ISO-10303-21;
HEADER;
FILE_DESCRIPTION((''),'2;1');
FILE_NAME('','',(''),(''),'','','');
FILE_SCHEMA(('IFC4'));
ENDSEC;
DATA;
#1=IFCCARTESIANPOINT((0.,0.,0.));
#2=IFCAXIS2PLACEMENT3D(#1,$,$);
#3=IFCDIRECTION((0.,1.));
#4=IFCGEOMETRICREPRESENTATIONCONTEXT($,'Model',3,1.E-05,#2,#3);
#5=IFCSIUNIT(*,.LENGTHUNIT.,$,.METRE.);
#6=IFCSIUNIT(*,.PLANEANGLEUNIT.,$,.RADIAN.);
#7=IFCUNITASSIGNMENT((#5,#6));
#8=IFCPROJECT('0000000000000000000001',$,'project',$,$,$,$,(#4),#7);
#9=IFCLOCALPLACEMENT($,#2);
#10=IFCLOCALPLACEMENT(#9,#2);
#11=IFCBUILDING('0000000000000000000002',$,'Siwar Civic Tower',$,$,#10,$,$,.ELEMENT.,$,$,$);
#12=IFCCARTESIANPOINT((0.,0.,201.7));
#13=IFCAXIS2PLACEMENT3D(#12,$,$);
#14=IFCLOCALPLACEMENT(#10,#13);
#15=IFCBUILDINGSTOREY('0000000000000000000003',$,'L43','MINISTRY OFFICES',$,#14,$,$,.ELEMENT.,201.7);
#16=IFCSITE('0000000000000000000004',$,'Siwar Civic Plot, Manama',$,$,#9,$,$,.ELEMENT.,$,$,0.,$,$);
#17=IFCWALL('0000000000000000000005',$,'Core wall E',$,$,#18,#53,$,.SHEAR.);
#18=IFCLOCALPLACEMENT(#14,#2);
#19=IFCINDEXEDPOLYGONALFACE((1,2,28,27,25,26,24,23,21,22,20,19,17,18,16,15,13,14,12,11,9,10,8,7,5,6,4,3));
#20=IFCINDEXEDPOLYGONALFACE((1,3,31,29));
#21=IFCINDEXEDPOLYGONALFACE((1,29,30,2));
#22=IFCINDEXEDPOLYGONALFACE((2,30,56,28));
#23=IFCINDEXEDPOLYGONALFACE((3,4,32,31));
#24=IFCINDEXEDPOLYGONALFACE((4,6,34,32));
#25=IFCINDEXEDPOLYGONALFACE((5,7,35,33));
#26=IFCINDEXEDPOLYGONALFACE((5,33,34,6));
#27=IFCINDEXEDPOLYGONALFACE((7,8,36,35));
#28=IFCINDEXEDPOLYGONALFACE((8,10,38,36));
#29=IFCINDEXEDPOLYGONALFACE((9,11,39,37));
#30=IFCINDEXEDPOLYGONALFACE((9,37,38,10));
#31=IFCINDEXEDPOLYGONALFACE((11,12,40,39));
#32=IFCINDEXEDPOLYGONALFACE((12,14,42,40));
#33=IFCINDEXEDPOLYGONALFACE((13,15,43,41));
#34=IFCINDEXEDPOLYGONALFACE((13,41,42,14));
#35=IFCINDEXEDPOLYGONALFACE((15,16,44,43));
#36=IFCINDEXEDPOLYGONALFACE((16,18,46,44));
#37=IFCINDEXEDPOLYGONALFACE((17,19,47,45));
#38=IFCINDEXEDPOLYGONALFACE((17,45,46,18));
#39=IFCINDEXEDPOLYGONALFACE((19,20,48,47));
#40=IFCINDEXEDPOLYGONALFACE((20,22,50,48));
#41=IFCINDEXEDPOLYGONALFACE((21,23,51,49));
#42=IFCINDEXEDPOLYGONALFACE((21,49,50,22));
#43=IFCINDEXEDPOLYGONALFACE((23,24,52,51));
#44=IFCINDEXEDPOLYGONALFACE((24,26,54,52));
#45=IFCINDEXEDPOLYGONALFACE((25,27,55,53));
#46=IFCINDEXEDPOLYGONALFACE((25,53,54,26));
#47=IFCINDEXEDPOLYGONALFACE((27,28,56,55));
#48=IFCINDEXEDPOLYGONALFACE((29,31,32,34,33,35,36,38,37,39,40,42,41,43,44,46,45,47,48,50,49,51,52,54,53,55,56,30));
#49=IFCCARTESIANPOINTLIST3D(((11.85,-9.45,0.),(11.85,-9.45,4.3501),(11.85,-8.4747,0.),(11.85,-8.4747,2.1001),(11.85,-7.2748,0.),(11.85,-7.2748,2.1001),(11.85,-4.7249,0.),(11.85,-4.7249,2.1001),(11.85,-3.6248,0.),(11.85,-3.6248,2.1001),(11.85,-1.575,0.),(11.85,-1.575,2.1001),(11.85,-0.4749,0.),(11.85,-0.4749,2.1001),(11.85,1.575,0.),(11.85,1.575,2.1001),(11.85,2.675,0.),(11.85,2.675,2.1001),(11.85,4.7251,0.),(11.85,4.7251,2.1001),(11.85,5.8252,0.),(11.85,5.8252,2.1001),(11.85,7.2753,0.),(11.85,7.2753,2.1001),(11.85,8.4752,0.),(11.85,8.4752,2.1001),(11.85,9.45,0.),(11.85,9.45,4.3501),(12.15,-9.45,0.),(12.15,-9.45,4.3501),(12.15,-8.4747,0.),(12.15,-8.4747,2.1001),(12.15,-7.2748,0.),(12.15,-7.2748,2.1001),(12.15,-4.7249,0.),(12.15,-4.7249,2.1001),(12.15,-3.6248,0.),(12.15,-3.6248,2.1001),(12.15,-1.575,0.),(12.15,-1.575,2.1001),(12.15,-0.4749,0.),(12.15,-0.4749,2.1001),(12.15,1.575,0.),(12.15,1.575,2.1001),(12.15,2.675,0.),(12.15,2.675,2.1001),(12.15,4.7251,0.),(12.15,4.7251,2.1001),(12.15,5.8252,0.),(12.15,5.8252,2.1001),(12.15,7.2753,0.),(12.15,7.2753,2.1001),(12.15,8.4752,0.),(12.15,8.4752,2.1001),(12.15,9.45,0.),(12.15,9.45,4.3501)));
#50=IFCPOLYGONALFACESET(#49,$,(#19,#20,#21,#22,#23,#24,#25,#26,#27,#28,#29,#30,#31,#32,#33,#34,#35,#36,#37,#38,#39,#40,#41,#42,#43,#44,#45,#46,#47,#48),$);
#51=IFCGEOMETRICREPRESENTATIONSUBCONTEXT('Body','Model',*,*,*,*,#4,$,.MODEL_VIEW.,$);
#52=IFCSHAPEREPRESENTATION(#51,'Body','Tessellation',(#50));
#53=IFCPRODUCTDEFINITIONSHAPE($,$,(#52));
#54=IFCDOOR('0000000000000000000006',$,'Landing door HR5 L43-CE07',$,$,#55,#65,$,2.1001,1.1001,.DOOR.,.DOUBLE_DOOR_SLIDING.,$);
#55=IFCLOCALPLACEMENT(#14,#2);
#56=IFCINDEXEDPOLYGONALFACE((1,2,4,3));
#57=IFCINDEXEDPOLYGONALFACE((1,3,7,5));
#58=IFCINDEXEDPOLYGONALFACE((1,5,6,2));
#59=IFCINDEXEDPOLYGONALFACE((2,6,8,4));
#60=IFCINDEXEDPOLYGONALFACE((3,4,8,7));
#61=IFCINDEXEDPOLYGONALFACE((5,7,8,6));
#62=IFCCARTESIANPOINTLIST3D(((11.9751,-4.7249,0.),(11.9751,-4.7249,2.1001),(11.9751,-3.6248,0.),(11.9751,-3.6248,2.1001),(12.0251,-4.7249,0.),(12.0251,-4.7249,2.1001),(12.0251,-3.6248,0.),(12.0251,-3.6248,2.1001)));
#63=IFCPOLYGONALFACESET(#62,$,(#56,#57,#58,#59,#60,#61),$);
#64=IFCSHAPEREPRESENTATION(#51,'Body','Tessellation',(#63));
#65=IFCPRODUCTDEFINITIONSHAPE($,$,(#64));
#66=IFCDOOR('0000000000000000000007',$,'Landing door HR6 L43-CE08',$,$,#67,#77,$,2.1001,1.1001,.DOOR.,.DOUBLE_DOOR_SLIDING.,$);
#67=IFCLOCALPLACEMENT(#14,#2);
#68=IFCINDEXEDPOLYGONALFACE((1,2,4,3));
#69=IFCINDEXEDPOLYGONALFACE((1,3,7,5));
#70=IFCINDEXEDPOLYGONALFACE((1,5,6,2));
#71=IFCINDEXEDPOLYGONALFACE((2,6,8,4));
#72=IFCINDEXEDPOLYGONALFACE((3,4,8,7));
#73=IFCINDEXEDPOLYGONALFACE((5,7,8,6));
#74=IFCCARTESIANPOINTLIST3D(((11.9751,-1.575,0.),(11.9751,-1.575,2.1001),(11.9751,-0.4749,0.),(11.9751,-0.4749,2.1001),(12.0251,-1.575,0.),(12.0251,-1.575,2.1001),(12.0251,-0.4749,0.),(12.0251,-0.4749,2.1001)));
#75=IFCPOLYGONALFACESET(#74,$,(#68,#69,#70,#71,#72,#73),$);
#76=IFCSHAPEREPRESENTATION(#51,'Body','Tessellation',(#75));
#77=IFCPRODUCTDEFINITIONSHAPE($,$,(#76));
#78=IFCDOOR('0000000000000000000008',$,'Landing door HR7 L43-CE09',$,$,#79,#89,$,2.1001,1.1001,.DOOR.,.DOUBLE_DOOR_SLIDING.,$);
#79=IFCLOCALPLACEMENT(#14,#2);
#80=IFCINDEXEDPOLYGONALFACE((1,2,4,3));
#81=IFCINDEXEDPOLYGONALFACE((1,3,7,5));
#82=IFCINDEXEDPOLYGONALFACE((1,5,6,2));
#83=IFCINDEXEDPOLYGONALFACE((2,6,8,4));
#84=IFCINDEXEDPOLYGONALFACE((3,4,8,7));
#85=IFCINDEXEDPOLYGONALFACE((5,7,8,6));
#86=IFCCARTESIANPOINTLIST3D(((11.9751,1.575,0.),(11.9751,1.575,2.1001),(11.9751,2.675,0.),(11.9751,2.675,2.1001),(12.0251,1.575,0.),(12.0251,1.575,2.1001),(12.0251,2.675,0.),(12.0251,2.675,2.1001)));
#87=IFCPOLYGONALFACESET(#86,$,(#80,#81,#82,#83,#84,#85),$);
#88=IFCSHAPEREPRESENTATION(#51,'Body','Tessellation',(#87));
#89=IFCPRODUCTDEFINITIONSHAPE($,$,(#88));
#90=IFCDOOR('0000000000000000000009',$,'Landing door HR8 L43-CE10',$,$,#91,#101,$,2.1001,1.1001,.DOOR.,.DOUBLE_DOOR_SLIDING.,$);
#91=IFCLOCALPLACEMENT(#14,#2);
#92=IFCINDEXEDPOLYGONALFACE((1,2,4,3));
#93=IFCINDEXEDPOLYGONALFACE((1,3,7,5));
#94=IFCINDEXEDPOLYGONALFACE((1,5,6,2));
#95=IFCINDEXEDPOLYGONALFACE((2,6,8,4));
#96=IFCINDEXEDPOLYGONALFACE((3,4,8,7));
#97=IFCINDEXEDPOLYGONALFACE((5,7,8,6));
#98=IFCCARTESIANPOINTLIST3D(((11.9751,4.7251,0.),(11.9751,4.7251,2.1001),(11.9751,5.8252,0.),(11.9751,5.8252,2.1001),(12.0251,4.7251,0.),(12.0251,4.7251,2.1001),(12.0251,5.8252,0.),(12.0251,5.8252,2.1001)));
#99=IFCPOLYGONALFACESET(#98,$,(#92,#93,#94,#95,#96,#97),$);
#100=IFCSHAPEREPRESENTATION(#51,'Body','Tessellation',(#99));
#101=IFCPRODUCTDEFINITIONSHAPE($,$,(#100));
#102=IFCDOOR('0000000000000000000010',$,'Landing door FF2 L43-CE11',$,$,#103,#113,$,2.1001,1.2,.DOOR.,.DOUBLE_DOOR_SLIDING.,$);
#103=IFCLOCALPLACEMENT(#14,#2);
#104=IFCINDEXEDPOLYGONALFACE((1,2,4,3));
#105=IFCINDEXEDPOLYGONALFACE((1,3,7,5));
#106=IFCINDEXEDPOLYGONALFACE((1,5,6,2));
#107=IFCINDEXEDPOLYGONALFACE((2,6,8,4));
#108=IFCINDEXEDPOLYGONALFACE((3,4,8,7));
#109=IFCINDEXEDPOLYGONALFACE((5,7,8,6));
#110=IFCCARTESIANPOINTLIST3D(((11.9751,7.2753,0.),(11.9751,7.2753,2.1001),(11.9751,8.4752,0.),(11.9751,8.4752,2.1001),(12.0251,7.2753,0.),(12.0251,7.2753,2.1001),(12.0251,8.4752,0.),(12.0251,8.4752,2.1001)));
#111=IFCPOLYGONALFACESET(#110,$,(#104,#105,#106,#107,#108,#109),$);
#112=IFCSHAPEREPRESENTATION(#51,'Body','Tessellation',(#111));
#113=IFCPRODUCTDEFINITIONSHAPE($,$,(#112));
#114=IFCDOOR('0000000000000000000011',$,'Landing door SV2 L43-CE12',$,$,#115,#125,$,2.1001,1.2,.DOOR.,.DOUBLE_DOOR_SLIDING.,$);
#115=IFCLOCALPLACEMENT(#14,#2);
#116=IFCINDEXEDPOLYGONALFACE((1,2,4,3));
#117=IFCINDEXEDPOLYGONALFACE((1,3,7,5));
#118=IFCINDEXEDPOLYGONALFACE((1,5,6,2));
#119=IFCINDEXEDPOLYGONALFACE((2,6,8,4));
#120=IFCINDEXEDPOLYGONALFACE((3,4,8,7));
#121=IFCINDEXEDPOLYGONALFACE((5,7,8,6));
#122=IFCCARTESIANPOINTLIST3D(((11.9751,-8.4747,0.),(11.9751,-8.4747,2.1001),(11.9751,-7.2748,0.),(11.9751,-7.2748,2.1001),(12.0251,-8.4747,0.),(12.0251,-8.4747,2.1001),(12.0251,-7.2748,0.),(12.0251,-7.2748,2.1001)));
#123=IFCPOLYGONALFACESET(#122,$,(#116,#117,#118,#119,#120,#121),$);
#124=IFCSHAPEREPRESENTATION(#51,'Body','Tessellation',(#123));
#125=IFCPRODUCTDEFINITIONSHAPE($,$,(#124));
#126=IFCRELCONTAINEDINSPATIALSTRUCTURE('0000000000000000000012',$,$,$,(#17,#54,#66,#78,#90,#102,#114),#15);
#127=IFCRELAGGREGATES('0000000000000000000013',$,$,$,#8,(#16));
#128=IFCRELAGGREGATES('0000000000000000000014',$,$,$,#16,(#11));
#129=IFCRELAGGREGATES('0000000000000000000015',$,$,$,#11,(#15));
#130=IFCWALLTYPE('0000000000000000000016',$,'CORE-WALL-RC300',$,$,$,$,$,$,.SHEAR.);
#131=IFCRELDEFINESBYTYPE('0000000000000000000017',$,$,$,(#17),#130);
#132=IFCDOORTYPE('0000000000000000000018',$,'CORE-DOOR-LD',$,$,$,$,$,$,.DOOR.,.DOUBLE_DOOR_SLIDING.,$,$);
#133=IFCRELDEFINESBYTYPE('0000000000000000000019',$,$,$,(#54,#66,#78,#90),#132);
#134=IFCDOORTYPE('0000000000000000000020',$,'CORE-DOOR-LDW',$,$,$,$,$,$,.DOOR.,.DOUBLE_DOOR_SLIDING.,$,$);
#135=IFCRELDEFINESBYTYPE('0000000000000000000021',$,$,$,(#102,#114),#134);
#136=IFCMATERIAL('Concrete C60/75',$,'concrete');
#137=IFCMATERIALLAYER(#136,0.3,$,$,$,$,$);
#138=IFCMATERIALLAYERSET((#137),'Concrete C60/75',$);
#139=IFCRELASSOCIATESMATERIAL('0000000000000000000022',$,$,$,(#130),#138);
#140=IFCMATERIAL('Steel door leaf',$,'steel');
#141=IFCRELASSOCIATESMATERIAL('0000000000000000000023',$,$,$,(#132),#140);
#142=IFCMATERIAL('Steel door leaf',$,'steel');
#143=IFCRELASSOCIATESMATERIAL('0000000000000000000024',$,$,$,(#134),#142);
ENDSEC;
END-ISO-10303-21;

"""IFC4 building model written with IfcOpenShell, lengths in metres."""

from ifc_helpers import new_model, si_unit, direction, frame, frame_2d, origin, place, context, subcontext, project, spatial, rectangle, extrude, material, layer, layer_set, type_object, element, fill, save


model = new_model("IFC4")

# Units and contexts
model_context = context("Model", 3, precision=1e-05, world=origin(), true_north=direction((0.0, 1.0)))
body_context = subcontext(model_context, "Body", "Model", "MODEL_VIEW")
ifc_project = project(units=[si_unit("LENGTHUNIT", "METRE"), si_unit("PLANEANGLEUNIT", "RADIAN")], contexts=[model_context])

# Site, building, storey
site_placement = place(None, origin())
site = spatial("IfcSite", under=ifc_project, at=site_placement, Name="Siwar Civic Plot, Manama", CompositionType="ELEMENT", RefElevation=0.0)
building_placement = place(site_placement, origin())
building = spatial("IfcBuilding", under=site, at=building_placement, Name="Siwar Civic Tower", CompositionType="ELEMENT")
storey_placement = place(building_placement, frame((0.0, 0.0, 201.7)))
storey = spatial("IfcBuildingStorey", under=building, at=storey_placement, Name="L43", Description="MINISTRY OFFICES", CompositionType="ELEMENT", Elevation=201.7)

# Wall, openings, doors
ifc_material_1 = material(Name="Concrete C60/75", Category="concrete")
ifc_layer_1 = layer(ifc_material_1, 0.3)
ifc_layer_set_1 = layer_set([ifc_layer_1], Name="Concrete C60/75")
wall_type_1 = type_object("IfcWallType", Name="CORE-WALL-RC300", PredefinedType="SHEAR", material=ifc_layer_set_1)
wall_1_placement = place(storey_placement, frame((12.0, -9.45, 0.0), z_axis=(0.0, 0.0, 1.0), x_axis=(0.0, 1.0, 0.0)))
wall_1 = element("IfcWall", 1, at=wall_1_placement, inside=storey, type_object=wall_type_1, Name="Core wall E", PredefinedType="SHEAR", context=body_context, shape_type="SweptSolid", body=[
    extrude(rectangle(XDim=18.8999, YDim=0.3, at=frame_2d((9.45, 0.0))), origin(), (0.0, 0.0, 1.0), 4.3501),
])
opening_1_placement = place(wall_1_placement, frame((4.7251, 0.0, 0.0)))
opening_1 = element("IfcOpeningElement", 2, at=opening_1_placement, cuts=wall_1, PredefinedType="OPENING", context=body_context, shape_type="SweptSolid", body=[
    extrude(rectangle(XDim=1.1001, YDim=2.1001, at=frame_2d((0.55, 1.05))), frame((0.0, 0.1602, 0.0), z_axis=(0.0, -1.0, 0.0), x_axis=(1.0, 0.0, 0.0)), (0.0, 0.0, 1.0), 0.3201),
])
opening_2_placement = place(wall_1_placement, frame((7.875, 0.0, 0.0)))
opening_2 = element("IfcOpeningElement", 3, at=opening_2_placement, cuts=wall_1, PredefinedType="OPENING", context=body_context, shape_type="SweptSolid", body=[
    extrude(rectangle(XDim=1.1001, YDim=2.1001, at=frame_2d((0.55, 1.05))), frame((0.0, 0.1602, 0.0), z_axis=(0.0, -1.0, 0.0), x_axis=(1.0, 0.0, 0.0)), (0.0, 0.0, 1.0), 0.3201),
])
opening_3_placement = place(wall_1_placement, frame((11.0249, 0.0, 0.0)))
opening_3 = element("IfcOpeningElement", 4, at=opening_3_placement, cuts=wall_1, PredefinedType="OPENING", context=body_context, shape_type="SweptSolid", body=[
    extrude(rectangle(XDim=1.1001, YDim=2.1001, at=frame_2d((0.55, 1.05))), frame((0.0, 0.1602, 0.0), z_axis=(0.0, -1.0, 0.0), x_axis=(1.0, 0.0, 0.0)), (0.0, 0.0, 1.0), 0.3201),
])
opening_4_placement = place(wall_1_placement, frame((14.175, 0.0, 0.0)))
opening_4 = element("IfcOpeningElement", 5, at=opening_4_placement, cuts=wall_1, PredefinedType="OPENING", context=body_context, shape_type="SweptSolid", body=[
    extrude(rectangle(XDim=1.1001, YDim=2.1001, at=frame_2d((0.55, 1.05))), frame((0.0, 0.1602, 0.0), z_axis=(0.0, -1.0, 0.0), x_axis=(1.0, 0.0, 0.0)), (0.0, 0.0, 1.0), 0.3201),
])
opening_5_placement = place(wall_1_placement, frame((16.7251, 0.0, 0.0)))
opening_5 = element("IfcOpeningElement", 6, at=opening_5_placement, cuts=wall_1, PredefinedType="OPENING", context=body_context, shape_type="SweptSolid", body=[
    extrude(rectangle(XDim=1.2, YDim=2.1001, at=frame_2d((0.6001, 1.05))), frame((0.0, 0.1602, 0.0), z_axis=(0.0, -1.0, 0.0), x_axis=(1.0, 0.0, 0.0)), (0.0, 0.0, 1.0), 0.3201),
])
opening_6_placement = place(wall_1_placement, frame((0.9751, 0.0, 0.0)))
opening_6 = element("IfcOpeningElement", 7, at=opening_6_placement, cuts=wall_1, PredefinedType="OPENING", context=body_context, shape_type="SweptSolid", body=[
    extrude(rectangle(XDim=1.2, YDim=2.1001, at=frame_2d((0.6001, 1.05))), frame((0.0, 0.1602, 0.0), z_axis=(0.0, -1.0, 0.0), x_axis=(1.0, 0.0, 0.0)), (0.0, 0.0, 1.0), 0.3201),
])
ifc_material_2 = material(Name="Steel door leaf", Category="steel")
door_type_1 = type_object("IfcDoorType", Name="CORE-DOOR-LD", OperationType="DOUBLE_DOOR_SLIDING", PredefinedType="DOOR", material=ifc_material_2)
door_1_placement = place(opening_1_placement, origin())
door_1 = element("IfcDoor", 8, at=door_1_placement, inside=storey, type_object=door_type_1, Name="Landing door HR5 L43-CE07", OperationType="DOUBLE_DOOR_SLIDING", OverallHeight=2.1001, OverallWidth=1.1001, PredefinedType="DOOR", context=body_context, shape_type="SweptSolid", body=[
    extrude(rectangle(XDim=1.1001, YDim=2.1001, at=frame_2d((0.55, 1.05))), frame((0.0, 0.0249, 0.0), z_axis=(0.0, -1.0, 0.0), x_axis=(1.0, 0.0, 0.0)), (0.0, 0.0, 1.0), 0.05),
])
fill(opening_1, door_1)
door_2_placement = place(opening_2_placement, origin())
door_2 = element("IfcDoor", 9, at=door_2_placement, inside=storey, type_object=door_type_1, Name="Landing door HR6 L43-CE08", OperationType="DOUBLE_DOOR_SLIDING", OverallHeight=2.1001, OverallWidth=1.1001, PredefinedType="DOOR", context=body_context, shape_type="SweptSolid", body=[
    extrude(rectangle(XDim=1.1001, YDim=2.1001, at=frame_2d((0.55, 1.05))), frame((0.0, 0.0249, 0.0), z_axis=(0.0, -1.0, 0.0), x_axis=(1.0, 0.0, 0.0)), (0.0, 0.0, 1.0), 0.05),
])
fill(opening_2, door_2)
door_3_placement = place(opening_3_placement, origin())
door_3 = element("IfcDoor", 10, at=door_3_placement, inside=storey, type_object=door_type_1, Name="Landing door HR7 L43-CE09", OperationType="DOUBLE_DOOR_SLIDING", OverallHeight=2.1001, OverallWidth=1.1001, PredefinedType="DOOR", context=body_context, shape_type="SweptSolid", body=[
    extrude(rectangle(XDim=1.1001, YDim=2.1001, at=frame_2d((0.55, 1.05))), frame((0.0, 0.0249, 0.0), z_axis=(0.0, -1.0, 0.0), x_axis=(1.0, 0.0, 0.0)), (0.0, 0.0, 1.0), 0.05),
])
fill(opening_3, door_3)
door_4_placement = place(opening_4_placement, origin())
door_4 = element("IfcDoor", 11, at=door_4_placement, inside=storey, type_object=door_type_1, Name="Landing door HR8 L43-CE10", OperationType="DOUBLE_DOOR_SLIDING", OverallHeight=2.1001, OverallWidth=1.1001, PredefinedType="DOOR", context=body_context, shape_type="SweptSolid", body=[
    extrude(rectangle(XDim=1.1001, YDim=2.1001, at=frame_2d((0.55, 1.05))), frame((0.0, 0.0249, 0.0), z_axis=(0.0, -1.0, 0.0), x_axis=(1.0, 0.0, 0.0)), (0.0, 0.0, 1.0), 0.05),
])
fill(opening_4, door_4)
ifc_material_3 = material(Name="Steel door leaf", Category="steel")
door_type_2 = type_object("IfcDoorType", Name="CORE-DOOR-LDW", OperationType="DOUBLE_DOOR_SLIDING", PredefinedType="DOOR", material=ifc_material_3)
door_5_placement = place(opening_5_placement, origin())
door_5 = element("IfcDoor", 12, at=door_5_placement, inside=storey, type_object=door_type_2, Name="Landing door FF2 L43-CE11", OperationType="DOUBLE_DOOR_SLIDING", OverallHeight=2.1001, OverallWidth=1.2, PredefinedType="DOOR", context=body_context, shape_type="SweptSolid", body=[
    extrude(rectangle(XDim=1.2, YDim=2.1001, at=frame_2d((0.6001, 1.05))), frame((0.0, 0.0249, 0.0), z_axis=(0.0, -1.0, 0.0), x_axis=(1.0, 0.0, 0.0)), (0.0, 0.0, 1.0), 0.05),
])
fill(opening_5, door_5)
door_6_placement = place(opening_6_placement, origin())
door_6 = element("IfcDoor", 13, at=door_6_placement, inside=storey, type_object=door_type_2, Name="Landing door SV2 L43-CE12", OperationType="DOUBLE_DOOR_SLIDING", OverallHeight=2.1001, OverallWidth=1.2, PredefinedType="DOOR", context=body_context, shape_type="SweptSolid", body=[
    extrude(rectangle(XDim=1.2, YDim=2.1001, at=frame_2d((0.6001, 1.05))), frame((0.0, 0.0249, 0.0), z_axis=(0.0, -1.0, 0.0), x_axis=(1.0, 0.0, 0.0)), (0.0, 0.0, 1.0), 0.05),
])
fill(opening_6, door_6)

save(model, "model.ifc")
